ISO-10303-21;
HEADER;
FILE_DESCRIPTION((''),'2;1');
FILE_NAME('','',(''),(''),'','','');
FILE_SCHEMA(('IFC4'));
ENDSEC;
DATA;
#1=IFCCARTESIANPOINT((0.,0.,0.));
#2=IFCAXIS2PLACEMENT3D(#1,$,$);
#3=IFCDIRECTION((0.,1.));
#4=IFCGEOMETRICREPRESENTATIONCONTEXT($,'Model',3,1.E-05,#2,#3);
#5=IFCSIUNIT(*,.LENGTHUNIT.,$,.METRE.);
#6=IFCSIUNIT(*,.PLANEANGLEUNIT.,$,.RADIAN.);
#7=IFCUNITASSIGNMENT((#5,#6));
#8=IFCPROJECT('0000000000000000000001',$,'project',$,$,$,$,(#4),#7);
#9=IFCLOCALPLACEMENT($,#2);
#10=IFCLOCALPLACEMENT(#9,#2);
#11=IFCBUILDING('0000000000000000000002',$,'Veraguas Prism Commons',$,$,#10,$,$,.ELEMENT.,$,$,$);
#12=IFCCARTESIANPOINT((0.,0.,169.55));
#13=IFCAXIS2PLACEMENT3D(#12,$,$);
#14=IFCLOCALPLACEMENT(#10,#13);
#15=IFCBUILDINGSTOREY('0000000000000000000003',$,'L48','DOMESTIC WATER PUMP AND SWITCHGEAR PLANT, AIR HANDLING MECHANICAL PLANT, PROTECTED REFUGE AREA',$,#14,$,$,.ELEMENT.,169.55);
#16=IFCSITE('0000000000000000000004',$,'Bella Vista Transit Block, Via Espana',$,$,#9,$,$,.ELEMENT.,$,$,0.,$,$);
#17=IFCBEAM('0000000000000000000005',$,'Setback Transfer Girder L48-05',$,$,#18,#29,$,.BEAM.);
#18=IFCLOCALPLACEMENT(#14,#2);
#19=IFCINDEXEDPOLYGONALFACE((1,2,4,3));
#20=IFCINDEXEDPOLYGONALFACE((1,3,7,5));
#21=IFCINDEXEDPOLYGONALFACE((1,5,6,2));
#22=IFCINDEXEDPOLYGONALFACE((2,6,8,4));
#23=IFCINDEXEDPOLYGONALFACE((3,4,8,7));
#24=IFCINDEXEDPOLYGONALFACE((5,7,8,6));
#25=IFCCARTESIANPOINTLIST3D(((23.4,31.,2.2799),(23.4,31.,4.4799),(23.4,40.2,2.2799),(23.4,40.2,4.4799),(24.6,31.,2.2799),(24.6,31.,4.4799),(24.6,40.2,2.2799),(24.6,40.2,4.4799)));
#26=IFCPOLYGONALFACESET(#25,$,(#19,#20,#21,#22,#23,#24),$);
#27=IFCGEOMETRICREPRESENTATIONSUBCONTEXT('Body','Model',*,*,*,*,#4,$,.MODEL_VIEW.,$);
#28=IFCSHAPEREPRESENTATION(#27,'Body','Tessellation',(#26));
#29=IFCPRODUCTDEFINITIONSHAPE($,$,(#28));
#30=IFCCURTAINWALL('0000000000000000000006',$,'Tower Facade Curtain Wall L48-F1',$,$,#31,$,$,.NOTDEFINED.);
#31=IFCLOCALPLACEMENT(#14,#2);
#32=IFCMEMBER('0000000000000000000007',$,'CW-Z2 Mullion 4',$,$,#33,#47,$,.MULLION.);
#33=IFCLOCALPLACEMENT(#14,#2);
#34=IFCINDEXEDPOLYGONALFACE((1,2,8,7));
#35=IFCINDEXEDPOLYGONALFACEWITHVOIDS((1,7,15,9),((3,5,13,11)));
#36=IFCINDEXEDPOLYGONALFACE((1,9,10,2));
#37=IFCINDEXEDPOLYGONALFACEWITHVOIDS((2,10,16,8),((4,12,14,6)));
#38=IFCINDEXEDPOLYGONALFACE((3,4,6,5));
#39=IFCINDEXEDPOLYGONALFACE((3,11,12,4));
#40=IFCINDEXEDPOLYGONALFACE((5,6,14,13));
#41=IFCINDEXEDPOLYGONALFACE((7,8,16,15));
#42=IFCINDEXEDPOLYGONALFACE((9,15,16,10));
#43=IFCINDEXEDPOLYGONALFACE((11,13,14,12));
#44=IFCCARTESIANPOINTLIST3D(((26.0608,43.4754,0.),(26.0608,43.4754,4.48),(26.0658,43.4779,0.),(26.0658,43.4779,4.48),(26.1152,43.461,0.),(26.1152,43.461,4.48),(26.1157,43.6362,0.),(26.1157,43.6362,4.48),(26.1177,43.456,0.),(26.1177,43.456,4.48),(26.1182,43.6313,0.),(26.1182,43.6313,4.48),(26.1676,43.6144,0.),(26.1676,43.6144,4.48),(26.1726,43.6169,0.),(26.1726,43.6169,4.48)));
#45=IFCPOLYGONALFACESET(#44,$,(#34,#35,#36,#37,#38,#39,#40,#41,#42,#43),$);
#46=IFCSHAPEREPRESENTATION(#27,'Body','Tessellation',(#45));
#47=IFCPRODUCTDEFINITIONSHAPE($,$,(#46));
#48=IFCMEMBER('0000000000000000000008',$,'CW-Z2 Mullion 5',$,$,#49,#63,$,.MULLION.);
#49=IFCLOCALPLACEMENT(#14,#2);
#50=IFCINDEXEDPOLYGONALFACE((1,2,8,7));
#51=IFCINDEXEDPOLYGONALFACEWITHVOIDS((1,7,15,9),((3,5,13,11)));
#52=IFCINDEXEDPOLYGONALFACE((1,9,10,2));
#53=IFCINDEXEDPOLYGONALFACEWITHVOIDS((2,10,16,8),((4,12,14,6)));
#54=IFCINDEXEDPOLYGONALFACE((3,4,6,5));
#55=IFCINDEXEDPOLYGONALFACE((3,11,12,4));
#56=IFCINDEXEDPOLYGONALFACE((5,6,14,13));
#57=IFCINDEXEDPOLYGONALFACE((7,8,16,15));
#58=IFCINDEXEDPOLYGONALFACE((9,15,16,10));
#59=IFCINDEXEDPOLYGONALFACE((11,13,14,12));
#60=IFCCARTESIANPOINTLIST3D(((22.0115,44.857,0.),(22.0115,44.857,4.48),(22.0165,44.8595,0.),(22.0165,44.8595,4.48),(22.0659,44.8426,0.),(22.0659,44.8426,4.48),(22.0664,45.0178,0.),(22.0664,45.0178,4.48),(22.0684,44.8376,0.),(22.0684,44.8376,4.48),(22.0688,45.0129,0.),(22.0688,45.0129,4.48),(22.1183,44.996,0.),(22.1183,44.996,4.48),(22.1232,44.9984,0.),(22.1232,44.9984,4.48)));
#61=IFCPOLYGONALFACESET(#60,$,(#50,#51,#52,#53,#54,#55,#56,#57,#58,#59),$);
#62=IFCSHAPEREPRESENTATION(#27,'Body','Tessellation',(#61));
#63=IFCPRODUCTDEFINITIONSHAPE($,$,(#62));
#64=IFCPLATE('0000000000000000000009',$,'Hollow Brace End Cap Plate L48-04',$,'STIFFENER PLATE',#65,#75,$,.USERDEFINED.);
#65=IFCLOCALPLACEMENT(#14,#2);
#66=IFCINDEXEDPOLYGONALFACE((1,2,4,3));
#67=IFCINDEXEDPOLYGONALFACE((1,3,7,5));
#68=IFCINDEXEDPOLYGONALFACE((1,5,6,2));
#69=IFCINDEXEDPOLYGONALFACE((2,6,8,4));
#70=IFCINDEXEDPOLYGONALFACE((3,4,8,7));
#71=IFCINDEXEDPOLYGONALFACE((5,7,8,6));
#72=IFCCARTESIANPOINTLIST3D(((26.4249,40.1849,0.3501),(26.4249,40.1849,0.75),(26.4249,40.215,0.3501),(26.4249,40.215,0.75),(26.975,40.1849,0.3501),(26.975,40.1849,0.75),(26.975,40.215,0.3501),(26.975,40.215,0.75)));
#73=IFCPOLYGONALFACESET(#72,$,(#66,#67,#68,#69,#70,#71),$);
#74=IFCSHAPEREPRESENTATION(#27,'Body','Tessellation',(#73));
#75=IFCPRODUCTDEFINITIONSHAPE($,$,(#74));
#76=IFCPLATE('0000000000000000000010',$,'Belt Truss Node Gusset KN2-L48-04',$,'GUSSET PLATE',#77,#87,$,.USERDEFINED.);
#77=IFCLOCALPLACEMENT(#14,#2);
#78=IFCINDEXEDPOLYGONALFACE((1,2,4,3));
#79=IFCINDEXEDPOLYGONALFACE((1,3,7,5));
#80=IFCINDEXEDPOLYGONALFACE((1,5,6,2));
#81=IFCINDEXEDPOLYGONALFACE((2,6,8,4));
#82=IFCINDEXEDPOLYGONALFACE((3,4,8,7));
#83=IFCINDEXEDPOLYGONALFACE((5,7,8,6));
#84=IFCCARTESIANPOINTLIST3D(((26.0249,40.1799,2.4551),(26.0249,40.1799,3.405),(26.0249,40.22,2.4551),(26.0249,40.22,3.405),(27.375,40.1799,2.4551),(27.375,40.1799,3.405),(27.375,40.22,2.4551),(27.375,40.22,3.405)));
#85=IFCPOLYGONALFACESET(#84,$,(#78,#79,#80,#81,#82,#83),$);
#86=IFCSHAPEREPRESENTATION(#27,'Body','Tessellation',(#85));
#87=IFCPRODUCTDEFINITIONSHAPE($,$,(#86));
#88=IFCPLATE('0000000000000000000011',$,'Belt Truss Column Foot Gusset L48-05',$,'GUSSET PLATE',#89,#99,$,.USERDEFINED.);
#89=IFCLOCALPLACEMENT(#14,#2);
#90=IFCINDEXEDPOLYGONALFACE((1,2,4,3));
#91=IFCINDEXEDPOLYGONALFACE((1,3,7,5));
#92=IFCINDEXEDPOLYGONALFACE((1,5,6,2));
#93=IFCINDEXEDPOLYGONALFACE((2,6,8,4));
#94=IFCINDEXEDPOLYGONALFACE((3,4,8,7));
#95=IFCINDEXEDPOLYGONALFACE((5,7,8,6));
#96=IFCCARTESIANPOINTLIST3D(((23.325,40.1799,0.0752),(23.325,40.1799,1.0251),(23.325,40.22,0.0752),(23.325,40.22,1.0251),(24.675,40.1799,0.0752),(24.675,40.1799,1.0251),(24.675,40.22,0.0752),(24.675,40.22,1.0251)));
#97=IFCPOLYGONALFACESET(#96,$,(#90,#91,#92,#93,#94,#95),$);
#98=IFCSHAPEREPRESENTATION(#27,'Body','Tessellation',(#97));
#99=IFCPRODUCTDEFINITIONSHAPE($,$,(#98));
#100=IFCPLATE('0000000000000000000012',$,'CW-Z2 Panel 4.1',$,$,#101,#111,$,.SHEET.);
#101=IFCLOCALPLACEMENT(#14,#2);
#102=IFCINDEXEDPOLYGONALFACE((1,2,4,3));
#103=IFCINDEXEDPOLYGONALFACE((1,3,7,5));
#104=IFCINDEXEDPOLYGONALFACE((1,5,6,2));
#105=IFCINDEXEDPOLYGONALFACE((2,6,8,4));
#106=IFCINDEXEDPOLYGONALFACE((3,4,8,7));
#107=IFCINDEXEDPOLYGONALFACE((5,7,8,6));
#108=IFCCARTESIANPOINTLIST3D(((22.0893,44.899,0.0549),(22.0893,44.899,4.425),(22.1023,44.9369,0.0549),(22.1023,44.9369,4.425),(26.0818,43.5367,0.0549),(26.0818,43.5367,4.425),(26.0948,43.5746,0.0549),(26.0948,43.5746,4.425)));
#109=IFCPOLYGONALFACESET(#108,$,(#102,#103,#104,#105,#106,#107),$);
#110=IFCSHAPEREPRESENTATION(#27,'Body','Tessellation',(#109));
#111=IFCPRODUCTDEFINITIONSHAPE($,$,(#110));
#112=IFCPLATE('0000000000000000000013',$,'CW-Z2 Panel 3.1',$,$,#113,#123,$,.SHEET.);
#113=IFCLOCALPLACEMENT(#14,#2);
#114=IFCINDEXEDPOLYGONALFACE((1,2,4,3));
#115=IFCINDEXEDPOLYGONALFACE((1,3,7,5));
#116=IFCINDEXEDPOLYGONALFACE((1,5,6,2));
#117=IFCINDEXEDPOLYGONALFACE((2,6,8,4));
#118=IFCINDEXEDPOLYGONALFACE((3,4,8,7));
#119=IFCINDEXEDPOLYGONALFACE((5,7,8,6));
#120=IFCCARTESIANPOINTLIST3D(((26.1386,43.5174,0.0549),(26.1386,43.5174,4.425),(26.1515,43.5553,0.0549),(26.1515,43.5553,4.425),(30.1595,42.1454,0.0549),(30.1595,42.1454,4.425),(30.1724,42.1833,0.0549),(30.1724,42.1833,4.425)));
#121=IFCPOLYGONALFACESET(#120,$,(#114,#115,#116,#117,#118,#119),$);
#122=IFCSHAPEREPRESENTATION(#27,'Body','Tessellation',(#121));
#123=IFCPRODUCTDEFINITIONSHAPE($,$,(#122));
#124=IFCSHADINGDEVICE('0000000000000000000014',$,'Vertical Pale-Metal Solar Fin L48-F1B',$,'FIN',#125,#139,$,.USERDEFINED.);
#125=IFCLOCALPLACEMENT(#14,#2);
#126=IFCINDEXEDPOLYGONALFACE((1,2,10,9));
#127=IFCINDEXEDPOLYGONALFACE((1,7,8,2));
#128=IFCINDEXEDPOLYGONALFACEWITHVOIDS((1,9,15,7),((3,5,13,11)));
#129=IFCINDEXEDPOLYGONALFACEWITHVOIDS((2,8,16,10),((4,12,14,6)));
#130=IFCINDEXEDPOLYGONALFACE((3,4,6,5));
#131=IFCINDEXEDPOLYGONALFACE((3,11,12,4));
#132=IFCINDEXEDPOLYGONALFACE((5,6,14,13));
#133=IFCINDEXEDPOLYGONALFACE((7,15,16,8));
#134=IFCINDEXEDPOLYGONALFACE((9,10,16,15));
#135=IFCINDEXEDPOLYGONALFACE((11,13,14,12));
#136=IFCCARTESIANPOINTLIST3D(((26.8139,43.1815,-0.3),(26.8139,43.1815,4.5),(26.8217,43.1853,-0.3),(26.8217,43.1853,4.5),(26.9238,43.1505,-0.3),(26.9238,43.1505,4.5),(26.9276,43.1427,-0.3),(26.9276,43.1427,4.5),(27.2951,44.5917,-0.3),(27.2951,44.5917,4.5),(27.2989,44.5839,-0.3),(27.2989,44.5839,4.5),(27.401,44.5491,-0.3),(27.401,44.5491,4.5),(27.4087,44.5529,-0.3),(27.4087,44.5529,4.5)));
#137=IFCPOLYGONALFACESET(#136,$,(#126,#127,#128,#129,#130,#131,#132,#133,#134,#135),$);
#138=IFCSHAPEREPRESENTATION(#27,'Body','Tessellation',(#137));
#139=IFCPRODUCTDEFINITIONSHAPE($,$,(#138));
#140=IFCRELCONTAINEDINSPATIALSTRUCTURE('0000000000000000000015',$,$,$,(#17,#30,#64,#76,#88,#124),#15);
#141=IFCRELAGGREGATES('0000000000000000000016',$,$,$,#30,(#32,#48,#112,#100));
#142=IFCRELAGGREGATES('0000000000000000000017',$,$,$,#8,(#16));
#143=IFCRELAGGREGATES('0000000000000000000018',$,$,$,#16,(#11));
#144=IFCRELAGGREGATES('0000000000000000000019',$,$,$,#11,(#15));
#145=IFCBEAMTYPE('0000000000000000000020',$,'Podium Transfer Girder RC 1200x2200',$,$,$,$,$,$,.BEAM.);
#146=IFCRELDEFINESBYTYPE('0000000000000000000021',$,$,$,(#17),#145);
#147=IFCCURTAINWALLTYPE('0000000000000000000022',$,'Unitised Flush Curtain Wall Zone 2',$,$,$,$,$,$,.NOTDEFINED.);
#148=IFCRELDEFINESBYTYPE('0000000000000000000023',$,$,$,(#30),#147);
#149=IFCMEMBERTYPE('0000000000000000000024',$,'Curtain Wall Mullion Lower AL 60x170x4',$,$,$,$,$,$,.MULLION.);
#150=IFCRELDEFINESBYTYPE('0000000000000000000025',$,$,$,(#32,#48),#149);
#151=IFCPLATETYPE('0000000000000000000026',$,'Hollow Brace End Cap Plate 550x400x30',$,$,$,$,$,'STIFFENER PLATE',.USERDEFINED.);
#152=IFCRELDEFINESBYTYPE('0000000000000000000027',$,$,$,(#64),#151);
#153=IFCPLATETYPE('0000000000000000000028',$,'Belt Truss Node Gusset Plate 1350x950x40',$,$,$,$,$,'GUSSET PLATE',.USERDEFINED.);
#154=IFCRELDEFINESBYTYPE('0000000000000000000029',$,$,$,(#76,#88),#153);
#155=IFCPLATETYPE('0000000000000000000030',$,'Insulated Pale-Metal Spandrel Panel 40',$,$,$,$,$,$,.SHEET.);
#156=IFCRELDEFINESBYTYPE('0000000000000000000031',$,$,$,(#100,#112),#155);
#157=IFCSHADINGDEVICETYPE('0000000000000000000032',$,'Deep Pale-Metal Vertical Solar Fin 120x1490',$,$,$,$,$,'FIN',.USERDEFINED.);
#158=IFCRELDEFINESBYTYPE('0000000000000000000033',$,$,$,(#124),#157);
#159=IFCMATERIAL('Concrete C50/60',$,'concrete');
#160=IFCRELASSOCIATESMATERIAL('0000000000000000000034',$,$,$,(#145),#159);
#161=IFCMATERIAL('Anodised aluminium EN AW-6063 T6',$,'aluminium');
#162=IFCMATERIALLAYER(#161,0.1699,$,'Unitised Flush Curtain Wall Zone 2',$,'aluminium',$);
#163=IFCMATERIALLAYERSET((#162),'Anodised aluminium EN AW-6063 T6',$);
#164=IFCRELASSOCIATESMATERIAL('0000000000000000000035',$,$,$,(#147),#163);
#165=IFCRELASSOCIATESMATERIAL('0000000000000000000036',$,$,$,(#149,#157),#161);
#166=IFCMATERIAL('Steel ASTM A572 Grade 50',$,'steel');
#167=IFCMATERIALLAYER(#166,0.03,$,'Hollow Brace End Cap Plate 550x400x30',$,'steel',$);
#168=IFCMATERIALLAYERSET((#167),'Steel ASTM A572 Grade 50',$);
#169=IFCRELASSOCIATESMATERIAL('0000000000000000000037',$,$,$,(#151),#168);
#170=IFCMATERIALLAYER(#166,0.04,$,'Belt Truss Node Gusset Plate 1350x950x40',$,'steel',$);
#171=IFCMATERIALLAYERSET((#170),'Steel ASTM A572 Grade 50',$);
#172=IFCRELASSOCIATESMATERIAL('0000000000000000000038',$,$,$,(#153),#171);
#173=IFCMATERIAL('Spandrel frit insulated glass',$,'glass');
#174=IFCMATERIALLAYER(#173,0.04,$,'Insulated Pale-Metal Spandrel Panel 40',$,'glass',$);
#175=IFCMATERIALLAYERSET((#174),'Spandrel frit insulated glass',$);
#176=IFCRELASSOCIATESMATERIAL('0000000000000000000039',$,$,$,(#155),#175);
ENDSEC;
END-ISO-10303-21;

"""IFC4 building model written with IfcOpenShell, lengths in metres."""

from ifc_helpers import new_model, si_unit, direction, frame, origin, origin_2d, place, context, subcontext, project, spatial, rectangle, hollow_rectangle, extrude, source, transform, mapped, material, layer, layer_set, material_profile, profile_set, type_object, element, aggregate, save


model = new_model("IFC4")

# Units and contexts
model_context = context("Model", 3, precision=1e-05, world=origin(), true_north=direction((0.0, 1.0)))
body_context = subcontext(model_context, "Body", "Model", "MODEL_VIEW")
ifc_project = project(units=[si_unit("LENGTHUNIT", "METRE"), si_unit("PLANEANGLEUNIT", "RADIAN")], contexts=[model_context])

# Site, building, storey
site_placement = place(None, origin())
site = spatial("IfcSite", under=ifc_project, at=site_placement, Name="Bella Vista Transit Block, Via Espana", CompositionType="ELEMENT", RefElevation=0.0)
building_placement = place(site_placement, origin())
building = spatial("IfcBuilding", under=site, at=building_placement, Name="Veraguas Prism Commons", CompositionType="ELEMENT")
storey_placement = place(building_placement, frame((0.0, 0.0, 169.55)))
storey = spatial("IfcBuildingStorey", under=building, at=storey_placement, Name="L48", Description="DOMESTIC WATER PUMP AND SWITCHGEAR PLANT, AIR HANDLING MECHANICAL PLANT, PROTECTED REFUGE AREA", CompositionType="ELEMENT", Elevation=169.55)

# Beam
ifc_material_1 = material(Name="Concrete C50/60", Category="concrete")
ifc_material_profile_1 = material_profile(ifc_material_1, rectangle(XDim=1.2, YDim=2.2, at=origin_2d()), Name="RC1200X2200")
ifc_profile_set_1 = profile_set([ifc_material_profile_1], Name="Concrete C50/60")
beam_type_1 = type_object("IfcBeamType", Name="Podium Transfer Girder RC 1200x2200", PredefinedType="BEAM", material=ifc_profile_set_1)
beam_1_placement = place(storey_placement, frame((24.0, 40.2, 3.3799), z_axis=(0.0, -1.0, 0.0), x_axis=(1.0, 0.0, 0.0)))
element("IfcBeam", 1, at=beam_1_placement, inside=storey, type_object=beam_type_1, Name="Setback Transfer Girder L48-05", PredefinedType="BEAM", context=body_context, shape_type="SweptSolid", body=[
    extrude(rectangle(XDim=1.2, YDim=2.2, at=origin_2d()), origin(), (0.0, 0.0, 1.0), 9.2),
])

# Curtain wall, members
ifc_material_2 = material(Name="Anodised aluminium EN AW-6063 T6", Category="aluminium")
ifc_layer_1 = layer(ifc_material_2, 0.1699, Name="Unitised Flush Curtain Wall Zone 2", Category="aluminium")
ifc_layer_set_1 = layer_set([ifc_layer_1], Name="Anodised aluminium EN AW-6063 T6")
curtain_wall_type = type_object("IfcCurtainWallType", Name="Unitised Flush Curtain Wall Zone 2", PredefinedType="NOTDEFINED", material=ifc_layer_set_1)
curtain_wall_placement = place(storey_placement, origin())
curtain_wall = element("IfcCurtainWall", 2, at=curtain_wall_placement, inside=storey, type_object=curtain_wall_type, Name="Tower Facade Curtain Wall L48-F1", PredefinedType="NOTDEFINED")
ifc_material_profile_2 = material_profile(ifc_material_2, hollow_rectangle(XDim=0.0601, YDim=0.1699, WallThickness=0.0039, at=origin_2d()), Name="AL60X170X4")
ifc_profile_set_2 = profile_set([ifc_material_profile_2], Name="Anodised aluminium EN AW-6063 T6")
member_type_1 = type_object("IfcMemberType", Name="Curtain Wall Mullion Lower AL 60x170x4", PredefinedType="MULLION", material=ifc_profile_set_2)
shared_shape_1 = source(origin(), body_context, "Body", "SweptSolid", [
    extrude(hollow_rectangle(XDim=0.0601, YDim=0.1699, WallThickness=0.0039, at=origin_2d()), origin(), (0.0, 0.0, 1.0), 4.48),
])
member_1_placement = place(storey_placement, frame((26.1167, 43.5461, 0.0), z_axis=(0.0, 0.0, 1.0), x_axis=(-0.946425, 0.322925, 0.0)))
member_1 = element("IfcMember", 3, at=member_1_placement, type_object=member_type_1, Name="CW-Z2 Mullion 4", PredefinedType="MULLION", context=body_context, shape_type="MappedRepresentation", body=[
    mapped(shared_shape_1, transform((0.0, 0.0, 0.0), scale=1.0)),
])
member_2_placement = place(storey_placement, frame((22.0674, 44.9277, 0.0), z_axis=(0.0, 0.0, 1.0), x_axis=(-0.946425, 0.322925, 0.0)))
member_2 = element("IfcMember", 4, at=member_2_placement, type_object=member_type_1, Name="CW-Z2 Mullion 5", PredefinedType="MULLION", context=body_context, shape_type="MappedRepresentation", body=[
    mapped(shared_shape_1, transform((0.0, 0.0, 0.0), scale=1.0)),
])

# Plates
ifc_material_3 = material(Name="Steel ASTM A572 Grade 50", Category="steel")
ifc_layer_2 = layer(ifc_material_3, 0.03, Name="Hollow Brace End Cap Plate 550x400x30", Category="steel")
ifc_layer_set_2 = layer_set([ifc_layer_2], Name="Steel ASTM A572 Grade 50")
plate_type_1 = type_object("IfcPlateType", Name="Hollow Brace End Cap Plate 550x400x30", ElementType="STIFFENER PLATE", PredefinedType="USERDEFINED", material=ifc_layer_set_2)
shared_shape_2 = source(origin(), body_context, "Body", "SweptSolid", [
    extrude(rectangle(XDim=0.55, YDim=0.03, at=origin_2d()), origin(), (0.0, 0.0, 1.0), 0.3999),
])
plate_1_placement = place(storey_placement, frame((26.7, 40.2, 0.3501), z_axis=(0.0, 0.0, 1.0), x_axis=(-1.0, 0.0, 0.0)))
element("IfcPlate", 5, at=plate_1_placement, inside=storey, type_object=plate_type_1, Name="Hollow Brace End Cap Plate L48-04", ObjectType="STIFFENER PLATE", PredefinedType="USERDEFINED", context=body_context, shape_type="MappedRepresentation", body=[
    mapped(shared_shape_2, transform((0.0, 0.0, 0.0), scale=1.0)),
])
ifc_layer_3 = layer(ifc_material_3, 0.04, Name="Belt Truss Node Gusset Plate 1350x950x40", Category="steel")
ifc_layer_set_3 = layer_set([ifc_layer_3], Name="Steel ASTM A572 Grade 50")
plate_type_2 = type_object("IfcPlateType", Name="Belt Truss Node Gusset Plate 1350x950x40", ElementType="GUSSET PLATE", PredefinedType="USERDEFINED", material=ifc_layer_set_3)
shared_shape_3 = source(origin(), body_context, "Body", "SweptSolid", [
    extrude(rectangle(XDim=1.3501, YDim=0.04, at=origin_2d()), origin(), (0.0, 0.0, 1.0), 0.95),
])
for number, where, z_axis, x_axis, name in (
    (6, (26.7, 40.2, 2.4551), (0.0, 0.0, 1.0), (-1.0, 0.0, 0.0), "Belt Truss Node Gusset KN2-L48-04"),
    (7, (24.0, 40.2, 0.0752), (0.0, 0.0, 1.0), (-1.0, 0.0, 0.0), "Belt Truss Column Foot Gusset L48-05"),
):
    element("IfcPlate", number, at=place(storey_placement, frame(where, z_axis=z_axis, x_axis=x_axis)), inside=storey, type_object=plate_type_2, Name=name, ObjectType="GUSSET PLATE", PredefinedType="USERDEFINED", context=body_context, shape_type="MappedRepresentation", body=[
        mapped(shared_shape_3, transform((0.0, 0.0, 0.0), scale=1.0)),
    ])

# Plates
ifc_material_4 = material(Name="Spandrel frit insulated glass", Category="glass")
ifc_layer_4 = layer(ifc_material_4, 0.04, Name="Insulated Pale-Metal Spandrel Panel 40", Category="glass")
ifc_layer_set_4 = layer_set([ifc_layer_4], Name="Spandrel frit insulated glass")
plate_type_3 = type_object("IfcPlateType", Name="Insulated Pale-Metal Spandrel Panel 40", PredefinedType="SHEET", material=ifc_layer_set_4)
shared_shape_4 = source(origin(), body_context, "Body", "SweptSolid", [
    extrude(rectangle(XDim=4.2185, YDim=0.04, at=origin_2d()), origin(), (0.0, 0.0, 1.0), 4.3701),
])
plate_2_placement = place(storey_placement, frame((24.092, 44.2368, 0.0549), z_axis=(0.0, 0.0, 1.0), x_axis=(-0.946425, 0.322925, 0.0)))
plate_2 = element("IfcPlate", 8, at=plate_2_placement, type_object=plate_type_3, Name="CW-Z2 Panel 4.1", PredefinedType="SHEET", context=body_context, shape_type="MappedRepresentation", body=[
    mapped(shared_shape_4, transform((0.0, 0.0, 0.0), scale=1.0)),
])
shared_shape_5 = source(origin(), body_context, "Body", "SweptSolid", [
    extrude(rectangle(XDim=4.2485, YDim=0.04, at=origin_2d()), origin(), (0.0, 0.0, 1.0), 4.3701),
])
plate_3_placement = place(storey_placement, frame((28.1555, 42.8503, 0.0549), z_axis=(0.0, 0.0, 1.0), x_axis=(-0.946425, 0.322925, 0.0)))
plate_3 = element("IfcPlate", 9, at=plate_3_placement, type_object=plate_type_3, Name="CW-Z2 Panel 3.1", PredefinedType="SHEET", context=body_context, shape_type="MappedRepresentation", body=[
    mapped(shared_shape_5, transform((0.0, 0.0, 0.0), scale=1.0)),
])
aggregate(curtain_wall, [member_1, member_2, plate_3, plate_2])

# Shading device
ifc_material_profile_3 = material_profile(ifc_material_2, hollow_rectangle(XDim=0.1201, YDim=1.49, WallThickness=0.0061, at=origin_2d()), Name="FIN120X1490X6")
ifc_profile_set_3 = profile_set([ifc_material_profile_3], Name="Anodised aluminium EN AW-6063 T6")
shading_device_type = type_object("IfcShadingDeviceType", Name="Deep Pale-Metal Vertical Solar Fin 120x1490", ElementType="FIN", PredefinedType="USERDEFINED", material=ifc_profile_set_3)
shading_device_placement = place(storey_placement, frame((27.1113, 43.8672, -0.3), z_axis=(0.0, 0.0, 1.0), x_axis=(-0.946424, 0.322927, 0.0)))
element("IfcShadingDevice", 10, at=shading_device_placement, inside=storey, type_object=shading_device_type, Name="Vertical Pale-Metal Solar Fin L48-F1B", ObjectType="FIN", PredefinedType="USERDEFINED", context=body_context, shape_type="SweptSolid", body=[
    extrude(hollow_rectangle(XDim=0.1201, YDim=1.49, WallThickness=0.0061, at=origin_2d()), origin(), (0.0, 0.0, 1.0), 4.8),
])

save(model, "model.ifc")
